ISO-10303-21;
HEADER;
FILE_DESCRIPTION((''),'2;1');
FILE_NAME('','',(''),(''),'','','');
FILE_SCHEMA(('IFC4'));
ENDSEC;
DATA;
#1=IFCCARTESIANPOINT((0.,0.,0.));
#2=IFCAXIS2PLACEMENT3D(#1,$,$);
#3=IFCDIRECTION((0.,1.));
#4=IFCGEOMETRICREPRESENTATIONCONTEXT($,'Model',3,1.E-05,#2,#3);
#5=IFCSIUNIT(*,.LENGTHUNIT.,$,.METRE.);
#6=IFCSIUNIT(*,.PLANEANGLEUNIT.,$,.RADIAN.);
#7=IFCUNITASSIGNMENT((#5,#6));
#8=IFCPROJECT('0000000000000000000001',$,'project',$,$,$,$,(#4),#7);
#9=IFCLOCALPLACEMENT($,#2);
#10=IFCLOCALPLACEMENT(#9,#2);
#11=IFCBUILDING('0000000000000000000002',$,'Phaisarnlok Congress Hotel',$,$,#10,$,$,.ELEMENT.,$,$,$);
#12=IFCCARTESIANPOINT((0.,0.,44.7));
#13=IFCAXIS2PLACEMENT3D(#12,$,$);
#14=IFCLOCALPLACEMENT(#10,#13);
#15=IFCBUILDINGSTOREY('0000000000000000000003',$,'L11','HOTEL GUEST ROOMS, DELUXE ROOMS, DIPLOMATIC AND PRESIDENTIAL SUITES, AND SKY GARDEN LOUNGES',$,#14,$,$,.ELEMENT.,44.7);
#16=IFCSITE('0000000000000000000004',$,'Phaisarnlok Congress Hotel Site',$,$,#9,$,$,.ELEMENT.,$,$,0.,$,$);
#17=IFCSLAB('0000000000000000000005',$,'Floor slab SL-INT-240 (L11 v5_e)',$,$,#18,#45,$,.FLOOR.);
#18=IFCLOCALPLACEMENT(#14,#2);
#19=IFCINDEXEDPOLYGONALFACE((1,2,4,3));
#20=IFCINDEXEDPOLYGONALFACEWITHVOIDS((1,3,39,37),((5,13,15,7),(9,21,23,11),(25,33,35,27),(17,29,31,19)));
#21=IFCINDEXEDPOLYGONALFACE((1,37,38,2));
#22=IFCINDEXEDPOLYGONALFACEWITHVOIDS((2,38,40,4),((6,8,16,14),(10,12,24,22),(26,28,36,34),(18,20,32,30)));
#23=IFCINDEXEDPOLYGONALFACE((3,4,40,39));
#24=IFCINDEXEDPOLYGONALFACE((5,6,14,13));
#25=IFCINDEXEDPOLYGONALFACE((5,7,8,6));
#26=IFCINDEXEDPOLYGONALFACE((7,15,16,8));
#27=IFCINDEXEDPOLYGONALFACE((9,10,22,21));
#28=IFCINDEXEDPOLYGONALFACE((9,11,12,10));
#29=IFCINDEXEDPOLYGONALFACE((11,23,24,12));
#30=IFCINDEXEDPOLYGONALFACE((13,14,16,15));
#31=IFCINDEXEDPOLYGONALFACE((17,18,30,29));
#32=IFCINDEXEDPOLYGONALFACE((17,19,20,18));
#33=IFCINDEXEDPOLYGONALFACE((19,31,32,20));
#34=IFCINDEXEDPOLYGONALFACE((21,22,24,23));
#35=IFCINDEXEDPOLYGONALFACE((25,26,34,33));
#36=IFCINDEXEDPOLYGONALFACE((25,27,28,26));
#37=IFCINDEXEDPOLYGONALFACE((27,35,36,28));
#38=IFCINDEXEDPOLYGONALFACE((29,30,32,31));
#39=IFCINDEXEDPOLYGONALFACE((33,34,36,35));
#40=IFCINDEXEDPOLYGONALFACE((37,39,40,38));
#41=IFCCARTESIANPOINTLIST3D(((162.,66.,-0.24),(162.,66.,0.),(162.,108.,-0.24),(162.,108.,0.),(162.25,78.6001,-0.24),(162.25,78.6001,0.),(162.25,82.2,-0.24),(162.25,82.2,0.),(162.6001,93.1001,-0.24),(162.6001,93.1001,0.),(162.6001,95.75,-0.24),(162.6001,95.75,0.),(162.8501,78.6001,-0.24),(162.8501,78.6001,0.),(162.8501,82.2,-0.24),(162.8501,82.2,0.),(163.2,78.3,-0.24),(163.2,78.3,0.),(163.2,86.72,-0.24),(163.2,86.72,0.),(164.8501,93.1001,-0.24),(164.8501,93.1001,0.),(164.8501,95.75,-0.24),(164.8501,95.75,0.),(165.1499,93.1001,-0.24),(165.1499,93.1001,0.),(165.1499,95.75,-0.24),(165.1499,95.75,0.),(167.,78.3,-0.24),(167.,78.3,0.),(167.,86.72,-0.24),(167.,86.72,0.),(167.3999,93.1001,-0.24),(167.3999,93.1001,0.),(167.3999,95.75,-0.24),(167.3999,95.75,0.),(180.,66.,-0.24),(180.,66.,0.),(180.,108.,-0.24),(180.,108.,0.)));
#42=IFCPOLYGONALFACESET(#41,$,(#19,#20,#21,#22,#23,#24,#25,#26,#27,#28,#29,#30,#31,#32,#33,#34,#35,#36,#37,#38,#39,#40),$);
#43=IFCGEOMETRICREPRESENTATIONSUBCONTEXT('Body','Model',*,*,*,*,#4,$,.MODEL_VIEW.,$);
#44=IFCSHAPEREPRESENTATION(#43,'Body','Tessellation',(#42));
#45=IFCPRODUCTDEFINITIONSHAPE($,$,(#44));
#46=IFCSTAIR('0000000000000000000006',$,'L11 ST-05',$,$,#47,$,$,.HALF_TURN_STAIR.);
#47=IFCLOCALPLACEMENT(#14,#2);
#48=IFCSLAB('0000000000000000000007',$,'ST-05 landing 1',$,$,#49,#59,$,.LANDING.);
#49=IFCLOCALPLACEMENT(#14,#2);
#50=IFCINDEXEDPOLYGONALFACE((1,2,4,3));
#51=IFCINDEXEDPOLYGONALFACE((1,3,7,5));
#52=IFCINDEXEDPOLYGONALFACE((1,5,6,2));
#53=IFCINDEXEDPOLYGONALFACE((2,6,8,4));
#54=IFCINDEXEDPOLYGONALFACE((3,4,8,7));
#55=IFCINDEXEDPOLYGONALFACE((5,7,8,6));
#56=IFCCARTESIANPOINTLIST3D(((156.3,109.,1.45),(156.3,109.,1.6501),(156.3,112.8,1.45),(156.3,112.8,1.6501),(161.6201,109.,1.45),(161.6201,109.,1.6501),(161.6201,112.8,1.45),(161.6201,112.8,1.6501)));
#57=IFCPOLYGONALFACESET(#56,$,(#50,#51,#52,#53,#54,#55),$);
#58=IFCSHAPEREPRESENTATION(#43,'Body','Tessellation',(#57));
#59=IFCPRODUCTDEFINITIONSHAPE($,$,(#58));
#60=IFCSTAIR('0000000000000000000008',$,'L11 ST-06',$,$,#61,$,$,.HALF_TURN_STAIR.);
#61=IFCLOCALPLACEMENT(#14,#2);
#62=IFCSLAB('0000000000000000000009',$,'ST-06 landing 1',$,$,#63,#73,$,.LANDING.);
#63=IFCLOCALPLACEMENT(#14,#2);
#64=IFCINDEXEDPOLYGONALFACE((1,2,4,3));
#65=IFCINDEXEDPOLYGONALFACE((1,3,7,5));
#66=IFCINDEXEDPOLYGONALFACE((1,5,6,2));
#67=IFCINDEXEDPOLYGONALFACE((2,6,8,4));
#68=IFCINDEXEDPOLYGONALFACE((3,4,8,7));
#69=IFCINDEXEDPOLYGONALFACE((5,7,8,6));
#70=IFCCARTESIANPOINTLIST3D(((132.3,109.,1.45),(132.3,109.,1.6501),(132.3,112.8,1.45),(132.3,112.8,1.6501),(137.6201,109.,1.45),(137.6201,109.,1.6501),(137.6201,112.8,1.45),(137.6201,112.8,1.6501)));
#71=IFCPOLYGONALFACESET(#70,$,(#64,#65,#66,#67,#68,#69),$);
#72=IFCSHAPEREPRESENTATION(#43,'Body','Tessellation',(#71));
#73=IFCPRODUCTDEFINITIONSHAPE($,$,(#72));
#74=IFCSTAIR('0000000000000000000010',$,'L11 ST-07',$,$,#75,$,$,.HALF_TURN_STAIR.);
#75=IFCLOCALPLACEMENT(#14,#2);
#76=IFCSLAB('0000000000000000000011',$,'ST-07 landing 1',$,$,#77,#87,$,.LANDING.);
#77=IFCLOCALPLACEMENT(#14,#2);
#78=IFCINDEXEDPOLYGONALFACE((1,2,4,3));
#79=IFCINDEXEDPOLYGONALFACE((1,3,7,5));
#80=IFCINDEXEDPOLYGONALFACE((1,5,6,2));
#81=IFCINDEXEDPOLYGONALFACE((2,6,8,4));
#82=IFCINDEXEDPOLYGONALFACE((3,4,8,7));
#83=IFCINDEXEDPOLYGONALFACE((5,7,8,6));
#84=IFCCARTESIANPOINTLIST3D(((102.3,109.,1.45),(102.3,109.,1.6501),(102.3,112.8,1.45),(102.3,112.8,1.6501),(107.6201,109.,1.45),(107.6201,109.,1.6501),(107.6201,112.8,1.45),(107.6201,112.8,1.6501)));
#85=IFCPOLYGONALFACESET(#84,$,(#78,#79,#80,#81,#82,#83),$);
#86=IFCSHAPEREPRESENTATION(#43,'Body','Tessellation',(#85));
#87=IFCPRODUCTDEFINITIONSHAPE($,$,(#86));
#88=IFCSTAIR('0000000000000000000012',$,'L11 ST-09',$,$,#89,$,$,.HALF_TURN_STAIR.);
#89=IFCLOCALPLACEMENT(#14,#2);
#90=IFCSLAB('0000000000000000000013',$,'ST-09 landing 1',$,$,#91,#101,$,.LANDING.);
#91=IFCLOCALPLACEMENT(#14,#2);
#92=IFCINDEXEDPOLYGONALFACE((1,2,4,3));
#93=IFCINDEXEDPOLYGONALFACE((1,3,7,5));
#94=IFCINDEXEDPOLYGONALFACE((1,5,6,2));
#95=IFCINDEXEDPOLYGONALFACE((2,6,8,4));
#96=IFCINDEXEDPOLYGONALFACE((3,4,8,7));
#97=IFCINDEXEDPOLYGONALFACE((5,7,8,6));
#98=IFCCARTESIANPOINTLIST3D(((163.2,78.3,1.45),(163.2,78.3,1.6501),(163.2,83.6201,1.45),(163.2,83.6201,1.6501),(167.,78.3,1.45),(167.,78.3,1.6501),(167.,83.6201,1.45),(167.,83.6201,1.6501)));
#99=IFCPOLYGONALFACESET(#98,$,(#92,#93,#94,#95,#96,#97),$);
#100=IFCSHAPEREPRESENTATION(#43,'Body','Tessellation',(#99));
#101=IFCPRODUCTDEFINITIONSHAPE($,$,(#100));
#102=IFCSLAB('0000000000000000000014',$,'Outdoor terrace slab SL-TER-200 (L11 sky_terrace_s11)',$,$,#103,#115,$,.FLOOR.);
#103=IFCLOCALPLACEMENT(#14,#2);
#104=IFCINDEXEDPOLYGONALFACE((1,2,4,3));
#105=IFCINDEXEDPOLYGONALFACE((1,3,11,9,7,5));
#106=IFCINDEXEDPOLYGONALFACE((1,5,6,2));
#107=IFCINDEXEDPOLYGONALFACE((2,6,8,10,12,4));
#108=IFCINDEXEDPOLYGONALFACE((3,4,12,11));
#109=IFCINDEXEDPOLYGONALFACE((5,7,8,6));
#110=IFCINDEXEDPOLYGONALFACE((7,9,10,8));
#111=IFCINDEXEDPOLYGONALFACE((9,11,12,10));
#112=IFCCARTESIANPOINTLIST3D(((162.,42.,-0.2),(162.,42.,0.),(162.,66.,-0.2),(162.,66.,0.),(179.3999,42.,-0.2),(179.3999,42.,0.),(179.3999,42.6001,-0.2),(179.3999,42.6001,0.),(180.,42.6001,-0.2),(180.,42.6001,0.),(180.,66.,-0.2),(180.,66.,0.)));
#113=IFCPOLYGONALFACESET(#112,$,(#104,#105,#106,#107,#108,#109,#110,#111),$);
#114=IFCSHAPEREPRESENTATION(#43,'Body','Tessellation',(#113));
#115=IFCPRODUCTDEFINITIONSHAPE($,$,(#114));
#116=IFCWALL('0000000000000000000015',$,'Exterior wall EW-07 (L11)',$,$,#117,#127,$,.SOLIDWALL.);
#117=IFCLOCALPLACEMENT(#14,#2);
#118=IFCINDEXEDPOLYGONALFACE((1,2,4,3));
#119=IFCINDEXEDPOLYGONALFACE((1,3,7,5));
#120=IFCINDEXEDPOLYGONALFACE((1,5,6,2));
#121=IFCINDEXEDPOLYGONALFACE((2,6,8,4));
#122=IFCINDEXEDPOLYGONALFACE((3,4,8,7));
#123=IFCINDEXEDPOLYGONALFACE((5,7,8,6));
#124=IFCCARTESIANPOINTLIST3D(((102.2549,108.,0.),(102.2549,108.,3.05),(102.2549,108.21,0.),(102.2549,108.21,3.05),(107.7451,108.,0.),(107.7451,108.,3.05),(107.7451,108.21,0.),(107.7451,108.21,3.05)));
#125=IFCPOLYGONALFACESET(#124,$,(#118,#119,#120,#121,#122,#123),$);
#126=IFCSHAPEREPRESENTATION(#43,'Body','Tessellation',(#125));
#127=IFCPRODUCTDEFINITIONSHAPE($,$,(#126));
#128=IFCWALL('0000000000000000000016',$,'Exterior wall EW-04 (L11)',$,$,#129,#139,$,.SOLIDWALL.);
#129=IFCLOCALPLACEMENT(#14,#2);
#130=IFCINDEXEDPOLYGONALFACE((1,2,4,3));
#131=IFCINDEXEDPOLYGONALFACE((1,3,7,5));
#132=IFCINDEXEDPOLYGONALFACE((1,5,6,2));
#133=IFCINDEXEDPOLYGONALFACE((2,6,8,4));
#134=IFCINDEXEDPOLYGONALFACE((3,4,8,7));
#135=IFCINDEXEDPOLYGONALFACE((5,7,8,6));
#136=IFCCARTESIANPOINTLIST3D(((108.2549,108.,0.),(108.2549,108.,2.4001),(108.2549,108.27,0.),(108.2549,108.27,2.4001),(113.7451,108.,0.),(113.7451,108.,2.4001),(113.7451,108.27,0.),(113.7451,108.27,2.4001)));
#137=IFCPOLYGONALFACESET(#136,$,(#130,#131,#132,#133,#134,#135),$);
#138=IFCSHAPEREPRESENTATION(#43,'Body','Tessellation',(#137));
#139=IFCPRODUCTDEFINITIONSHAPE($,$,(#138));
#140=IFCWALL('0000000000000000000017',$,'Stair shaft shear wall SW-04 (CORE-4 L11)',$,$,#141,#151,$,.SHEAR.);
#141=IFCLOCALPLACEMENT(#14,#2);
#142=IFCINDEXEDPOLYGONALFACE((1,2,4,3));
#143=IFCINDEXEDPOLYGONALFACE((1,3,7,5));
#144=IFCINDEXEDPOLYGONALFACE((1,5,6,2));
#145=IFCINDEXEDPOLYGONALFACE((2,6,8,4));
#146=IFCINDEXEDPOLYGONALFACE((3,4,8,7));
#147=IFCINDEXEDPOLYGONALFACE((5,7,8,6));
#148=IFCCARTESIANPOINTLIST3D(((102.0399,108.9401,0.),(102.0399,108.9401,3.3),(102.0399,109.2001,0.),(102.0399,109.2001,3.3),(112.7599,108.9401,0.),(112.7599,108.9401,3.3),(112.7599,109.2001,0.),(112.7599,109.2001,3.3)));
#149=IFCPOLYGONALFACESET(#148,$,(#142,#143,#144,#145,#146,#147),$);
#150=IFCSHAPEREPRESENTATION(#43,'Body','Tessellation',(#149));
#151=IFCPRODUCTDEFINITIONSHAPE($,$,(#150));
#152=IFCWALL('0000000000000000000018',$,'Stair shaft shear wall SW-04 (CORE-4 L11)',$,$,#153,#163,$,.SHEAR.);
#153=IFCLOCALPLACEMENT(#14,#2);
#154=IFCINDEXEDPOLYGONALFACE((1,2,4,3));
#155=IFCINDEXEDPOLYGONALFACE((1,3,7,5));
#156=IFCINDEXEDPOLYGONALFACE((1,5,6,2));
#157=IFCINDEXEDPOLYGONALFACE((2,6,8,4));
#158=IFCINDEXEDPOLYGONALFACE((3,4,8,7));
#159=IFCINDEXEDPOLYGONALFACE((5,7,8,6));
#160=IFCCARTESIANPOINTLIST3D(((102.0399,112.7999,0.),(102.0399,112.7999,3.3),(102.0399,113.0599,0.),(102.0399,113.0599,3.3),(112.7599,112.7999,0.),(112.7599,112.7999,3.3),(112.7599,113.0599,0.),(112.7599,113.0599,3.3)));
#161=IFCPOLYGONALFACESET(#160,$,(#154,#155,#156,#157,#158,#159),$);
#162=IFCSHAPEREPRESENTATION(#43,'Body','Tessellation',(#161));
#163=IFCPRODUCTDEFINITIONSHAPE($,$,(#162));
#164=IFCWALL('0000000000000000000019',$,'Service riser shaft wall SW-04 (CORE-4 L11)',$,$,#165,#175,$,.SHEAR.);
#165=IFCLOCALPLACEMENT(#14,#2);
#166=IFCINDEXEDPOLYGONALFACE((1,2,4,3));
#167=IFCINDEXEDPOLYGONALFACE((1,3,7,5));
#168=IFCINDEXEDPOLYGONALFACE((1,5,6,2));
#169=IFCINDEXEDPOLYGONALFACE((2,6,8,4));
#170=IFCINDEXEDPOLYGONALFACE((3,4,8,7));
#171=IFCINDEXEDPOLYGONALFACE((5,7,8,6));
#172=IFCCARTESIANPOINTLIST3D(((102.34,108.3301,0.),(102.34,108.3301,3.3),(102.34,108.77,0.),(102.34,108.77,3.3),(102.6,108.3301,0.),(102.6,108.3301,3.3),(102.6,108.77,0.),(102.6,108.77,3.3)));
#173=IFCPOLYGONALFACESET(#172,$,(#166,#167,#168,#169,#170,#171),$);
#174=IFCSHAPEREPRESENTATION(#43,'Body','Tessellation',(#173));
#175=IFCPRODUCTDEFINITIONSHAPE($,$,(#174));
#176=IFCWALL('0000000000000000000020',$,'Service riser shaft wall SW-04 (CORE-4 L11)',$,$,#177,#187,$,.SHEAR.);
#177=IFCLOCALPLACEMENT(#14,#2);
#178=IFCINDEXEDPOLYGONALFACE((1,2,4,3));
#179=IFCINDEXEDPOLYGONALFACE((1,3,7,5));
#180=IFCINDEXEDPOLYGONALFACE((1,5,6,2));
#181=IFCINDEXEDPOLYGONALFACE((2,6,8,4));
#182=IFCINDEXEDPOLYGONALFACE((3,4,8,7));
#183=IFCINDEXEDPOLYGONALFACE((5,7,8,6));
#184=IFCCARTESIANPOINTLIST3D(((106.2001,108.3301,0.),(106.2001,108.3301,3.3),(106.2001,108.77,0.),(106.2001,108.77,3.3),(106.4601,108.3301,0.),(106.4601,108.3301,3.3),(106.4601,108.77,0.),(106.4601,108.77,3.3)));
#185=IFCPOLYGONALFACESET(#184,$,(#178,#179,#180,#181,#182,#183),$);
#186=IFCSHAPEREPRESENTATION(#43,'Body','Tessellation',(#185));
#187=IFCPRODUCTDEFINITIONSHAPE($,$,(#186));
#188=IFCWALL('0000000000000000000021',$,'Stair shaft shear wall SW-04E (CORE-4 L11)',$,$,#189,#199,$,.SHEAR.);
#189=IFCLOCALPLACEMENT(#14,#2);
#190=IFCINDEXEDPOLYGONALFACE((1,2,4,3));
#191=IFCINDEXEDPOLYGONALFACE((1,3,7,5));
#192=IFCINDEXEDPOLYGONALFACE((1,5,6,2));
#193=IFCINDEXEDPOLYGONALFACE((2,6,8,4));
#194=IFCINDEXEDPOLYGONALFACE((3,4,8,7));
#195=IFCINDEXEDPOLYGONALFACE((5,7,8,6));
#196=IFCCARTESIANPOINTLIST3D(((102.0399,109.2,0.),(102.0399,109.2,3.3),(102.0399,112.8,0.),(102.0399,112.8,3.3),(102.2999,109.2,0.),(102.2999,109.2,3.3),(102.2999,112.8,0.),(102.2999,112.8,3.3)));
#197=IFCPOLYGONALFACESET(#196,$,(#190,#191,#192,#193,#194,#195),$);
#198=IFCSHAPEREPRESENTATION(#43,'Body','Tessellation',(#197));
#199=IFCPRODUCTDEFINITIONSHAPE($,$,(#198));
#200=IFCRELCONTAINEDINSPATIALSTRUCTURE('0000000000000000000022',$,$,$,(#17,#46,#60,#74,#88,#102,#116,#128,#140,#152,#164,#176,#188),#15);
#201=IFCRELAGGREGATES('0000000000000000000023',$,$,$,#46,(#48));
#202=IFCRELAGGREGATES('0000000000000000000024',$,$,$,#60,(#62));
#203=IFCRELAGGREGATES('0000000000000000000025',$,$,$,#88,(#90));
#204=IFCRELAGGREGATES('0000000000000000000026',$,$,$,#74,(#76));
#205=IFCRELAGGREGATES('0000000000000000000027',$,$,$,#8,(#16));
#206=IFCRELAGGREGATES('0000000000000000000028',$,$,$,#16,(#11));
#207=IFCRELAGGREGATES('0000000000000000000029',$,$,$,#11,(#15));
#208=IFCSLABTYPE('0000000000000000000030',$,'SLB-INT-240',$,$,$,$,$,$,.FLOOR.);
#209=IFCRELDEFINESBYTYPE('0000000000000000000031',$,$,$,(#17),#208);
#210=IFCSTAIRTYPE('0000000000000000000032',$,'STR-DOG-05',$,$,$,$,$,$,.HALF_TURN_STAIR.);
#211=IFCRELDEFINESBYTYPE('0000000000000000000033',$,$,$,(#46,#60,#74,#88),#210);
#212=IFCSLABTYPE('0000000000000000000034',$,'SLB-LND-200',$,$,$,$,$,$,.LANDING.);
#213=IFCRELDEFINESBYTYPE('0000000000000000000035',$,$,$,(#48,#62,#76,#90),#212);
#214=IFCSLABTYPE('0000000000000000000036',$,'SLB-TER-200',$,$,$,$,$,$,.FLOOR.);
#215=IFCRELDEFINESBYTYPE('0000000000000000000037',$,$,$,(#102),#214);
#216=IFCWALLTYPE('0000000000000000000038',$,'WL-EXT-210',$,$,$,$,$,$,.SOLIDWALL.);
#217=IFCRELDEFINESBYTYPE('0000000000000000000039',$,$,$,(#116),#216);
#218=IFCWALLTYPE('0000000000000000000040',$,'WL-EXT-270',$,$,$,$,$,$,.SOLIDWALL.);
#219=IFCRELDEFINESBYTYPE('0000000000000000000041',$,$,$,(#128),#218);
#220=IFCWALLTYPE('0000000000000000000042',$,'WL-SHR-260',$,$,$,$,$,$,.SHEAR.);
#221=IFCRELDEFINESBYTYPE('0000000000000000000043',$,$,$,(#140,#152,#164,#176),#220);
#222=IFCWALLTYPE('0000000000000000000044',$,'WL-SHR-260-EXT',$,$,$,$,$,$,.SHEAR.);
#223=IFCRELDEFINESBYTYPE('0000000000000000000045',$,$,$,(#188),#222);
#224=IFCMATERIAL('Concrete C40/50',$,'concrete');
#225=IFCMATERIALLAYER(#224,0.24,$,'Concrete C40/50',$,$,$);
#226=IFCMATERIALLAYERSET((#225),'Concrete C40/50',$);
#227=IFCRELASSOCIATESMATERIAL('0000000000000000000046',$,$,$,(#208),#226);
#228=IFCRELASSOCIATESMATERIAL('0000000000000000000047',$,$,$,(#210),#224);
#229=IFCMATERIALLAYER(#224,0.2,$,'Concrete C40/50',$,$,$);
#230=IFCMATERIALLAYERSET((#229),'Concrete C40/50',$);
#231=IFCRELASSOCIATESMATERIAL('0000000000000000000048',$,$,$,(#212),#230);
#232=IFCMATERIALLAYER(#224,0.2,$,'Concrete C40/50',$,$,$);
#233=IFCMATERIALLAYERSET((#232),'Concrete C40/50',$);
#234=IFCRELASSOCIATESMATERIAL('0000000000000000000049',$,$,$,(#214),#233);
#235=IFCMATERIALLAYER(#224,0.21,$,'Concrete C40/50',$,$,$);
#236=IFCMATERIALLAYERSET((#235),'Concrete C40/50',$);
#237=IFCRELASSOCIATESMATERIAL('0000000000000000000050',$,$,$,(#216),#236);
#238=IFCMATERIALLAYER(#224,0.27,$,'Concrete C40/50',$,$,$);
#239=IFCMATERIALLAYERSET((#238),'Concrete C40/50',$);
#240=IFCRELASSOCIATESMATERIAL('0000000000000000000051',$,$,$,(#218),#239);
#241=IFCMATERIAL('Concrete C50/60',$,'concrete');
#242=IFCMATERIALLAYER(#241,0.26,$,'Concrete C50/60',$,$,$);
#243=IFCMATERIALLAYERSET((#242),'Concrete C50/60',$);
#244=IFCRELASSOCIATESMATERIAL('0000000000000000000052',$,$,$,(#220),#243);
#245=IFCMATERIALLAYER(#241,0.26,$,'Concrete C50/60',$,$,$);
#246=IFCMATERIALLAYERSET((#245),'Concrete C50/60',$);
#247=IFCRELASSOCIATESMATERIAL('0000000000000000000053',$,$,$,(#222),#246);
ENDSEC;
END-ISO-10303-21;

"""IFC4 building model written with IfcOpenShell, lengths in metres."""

from ifc_helpers import new_model, si_unit, direction, frame, frame_2d, origin, place, context, subcontext, project, spatial, polyline, rectangle, outline, extrude, material, layer, layer_set, type_object, element, aggregate, save


model = new_model("IFC4")

# Units and contexts
model_context = context("Model", 3, precision=1e-05, world=origin(), true_north=direction((0.0, 1.0)))
body_context = subcontext(model_context, "Body", "Model", "MODEL_VIEW")
ifc_project = project(units=[si_unit("LENGTHUNIT", "METRE"), si_unit("PLANEANGLEUNIT", "RADIAN")], contexts=[model_context])

# Site, building, storey
site_placement = place(None, origin())
site = spatial("IfcSite", under=ifc_project, at=site_placement, Name="Phaisarnlok Congress Hotel Site", CompositionType="ELEMENT", RefElevation=0.0)
building_placement = place(site_placement, origin())
building = spatial("IfcBuilding", under=site, at=building_placement, Name="Phaisarnlok Congress Hotel", CompositionType="ELEMENT")
storey_placement = place(building_placement, frame((0.0, 0.0, 44.7)))
storey = spatial("IfcBuildingStorey", under=building, at=storey_placement, Name="L11", Description="HOTEL GUEST ROOMS, DELUXE ROOMS, DIPLOMATIC AND PRESIDENTIAL SUITES, AND SKY GARDEN LOUNGES", CompositionType="ELEMENT", Elevation=44.7)

# Shared definitions
ifc_material_1 = material(Name="Concrete C50/60", Category="concrete")

# Shared definitions
ifc_material_2 = material(Name="Concrete C40/50", Category="concrete")

# Slab
ifc_layer_1 = layer(ifc_material_2, 0.24, Name="Concrete C40/50")
ifc_layer_set_1 = layer_set([ifc_layer_1], Name="Concrete C40/50")
slab_type_1 = type_object("IfcSlabType", Name="SLB-INT-240", PredefinedType="FLOOR", material=ifc_layer_set_1)
slab_1_placement = place(storey_placement, frame((0.0, 0.0, -0.24)))
element("IfcSlab", 1, at=slab_1_placement, inside=storey, type_object=slab_type_1, Name="Floor slab SL-INT-240 (L11 v5_e)", PredefinedType="FLOOR", context=body_context, shape_type="SweptSolid", body=[
    extrude(outline(polyline([(180.0, 66.0), (180.0, 108.0), (162.0, 108.0), (162.0, 66.0), (180.0, 66.0)]), holes=[polyline([(163.2, 86.72), (163.2, 78.3), (167.0, 78.3), (167.0, 86.72), (163.2, 86.72)]), polyline([(164.8501, 93.1001), (164.8501, 95.75), (162.6001, 95.75), (162.6001, 93.1001), (164.8501, 93.1001)]), polyline([(167.3999, 93.1001), (167.3999, 95.75), (165.1499, 95.75), (165.1499, 93.1001), (167.3999, 93.1001)]), polyline([(162.8501, 78.6001), (162.8501, 82.2), (162.25, 82.2), (162.25, 78.6001), (162.8501, 78.6001)])]), origin(), (0.0, 0.0, 1.0), 0.24),
])

# Stairs, slabs
stair_type = type_object("IfcStairType", Name="STR-DOG-05", PredefinedType="HALF_TURN_STAIR", material=ifc_material_2)
stair_1_placement = place(storey_placement, origin())
stair_1 = element("IfcStair", 2, at=stair_1_placement, inside=storey, type_object=stair_type, Name="L11 ST-05", PredefinedType="HALF_TURN_STAIR")
ifc_layer_2 = layer(ifc_material_2, 0.2, Name="Concrete C40/50")
ifc_layer_set_2 = layer_set([ifc_layer_2], Name="Concrete C40/50")
slab_type_2 = type_object("IfcSlabType", Name="SLB-LND-200", PredefinedType="LANDING", material=ifc_layer_set_2)
slab_2_placement = place(storey_placement, frame((0.0, 0.0, 1.45)))
slab_2 = element("IfcSlab", 3, at=slab_2_placement, type_object=slab_type_2, Name="ST-05 landing 1", PredefinedType="LANDING", context=body_context, shape_type="SweptSolid", body=[
    extrude(outline(polyline([(161.6201, 112.8), (156.3, 112.8), (156.3, 109.0), (161.6201, 109.0), (161.6201, 112.8)])), origin(), (0.0, 0.0, 1.0), 0.2002),
])
aggregate(stair_1, [slab_2])
stair_2_placement = place(storey_placement, origin())
stair_2 = element("IfcStair", 4, at=stair_2_placement, inside=storey, type_object=stair_type, Name="L11 ST-06", PredefinedType="HALF_TURN_STAIR")
slab_3_placement = place(storey_placement, frame((0.0, 0.0, 1.45)))
slab_3 = element("IfcSlab", 5, at=slab_3_placement, type_object=slab_type_2, Name="ST-06 landing 1", PredefinedType="LANDING", context=body_context, shape_type="SweptSolid", body=[
    extrude(outline(polyline([(137.6201, 112.8), (132.3, 112.8), (132.3, 109.0), (137.6201, 109.0), (137.6201, 112.8)])), origin(), (0.0, 0.0, 1.0), 0.2002),
])
aggregate(stair_2, [slab_3])
stair_3_placement = place(storey_placement, origin())
stair_3 = element("IfcStair", 6, at=stair_3_placement, inside=storey, type_object=stair_type, Name="L11 ST-07", PredefinedType="HALF_TURN_STAIR")
slab_4_placement = place(storey_placement, frame((0.0, 0.0, 1.45)))
slab_4 = element("IfcSlab", 7, at=slab_4_placement, type_object=slab_type_2, Name="ST-07 landing 1", PredefinedType="LANDING", context=body_context, shape_type="SweptSolid", body=[
    extrude(outline(polyline([(107.6201, 112.8), (102.3, 112.8), (102.3, 109.0), (107.6201, 109.0), (107.6201, 112.8)])), origin(), (0.0, 0.0, 1.0), 0.2002),
])
stair_4_placement = place(storey_placement, origin())
stair_4 = element("IfcStair", 8, at=stair_4_placement, inside=storey, type_object=stair_type, Name="L11 ST-09", PredefinedType="HALF_TURN_STAIR")
slab_5_placement = place(storey_placement, frame((0.0, 0.0, 1.45)))
slab_5 = element("IfcSlab", 9, at=slab_5_placement, type_object=slab_type_2, Name="ST-09 landing 1", PredefinedType="LANDING", context=body_context, shape_type="SweptSolid", body=[
    extrude(outline(polyline([(163.2, 83.6201), (163.2, 78.3), (167.0, 78.3), (167.0, 83.6201), (163.2, 83.6201)])), origin(), (0.0, 0.0, 1.0), 0.2002),
])
aggregate(stair_4, [slab_5])

# Slab
ifc_layer_3 = layer(ifc_material_2, 0.2, Name="Concrete C40/50")
ifc_layer_set_3 = layer_set([ifc_layer_3], Name="Concrete C40/50")
slab_type_3 = type_object("IfcSlabType", Name="SLB-TER-200", PredefinedType="FLOOR", material=ifc_layer_set_3)
slab_6_placement = place(storey_placement, frame((0.0, 0.0, -0.2)))
element("IfcSlab", 10, at=slab_6_placement, inside=storey, type_object=slab_type_3, Name="Outdoor terrace slab SL-TER-200 (L11 sky_terrace_s11)", PredefinedType="FLOOR", context=body_context, shape_type="SweptSolid", body=[
    extrude(outline(polyline([(162.0, 42.0), (179.3999, 42.0), (179.3999, 42.6001), (180.0, 42.6001), (180.0, 66.0), (162.0, 66.0), (162.0, 42.0)])), origin(), (0.0, 0.0, 1.0), 0.2),
])

# Walls
ifc_layer_4 = layer(ifc_material_2, 0.21, Name="Concrete C40/50")
ifc_layer_set_4 = layer_set([ifc_layer_4], Name="Concrete C40/50")
wall_type_1 = type_object("IfcWallType", Name="WL-EXT-210", PredefinedType="SOLIDWALL", material=ifc_layer_set_4)
wall_1_placement = place(storey_placement, frame((102.2549, 108.105, 0.0), z_axis=(0.0, 0.0, 1.0), x_axis=(1.0, 0.0, 0.0)))
element("IfcWall", 11, at=wall_1_placement, inside=storey, type_object=wall_type_1, Name="Exterior wall EW-07 (L11)", PredefinedType="SOLIDWALL", context=body_context, shape_type="SweptSolid", body=[
    extrude(rectangle(XDim=5.4902, YDim=0.21, at=frame_2d((2.7451, 0.0))), origin(), (0.0, 0.0, 1.0), 3.05),
])
ifc_layer_5 = layer(ifc_material_2, 0.27, Name="Concrete C40/50")
ifc_layer_set_5 = layer_set([ifc_layer_5], Name="Concrete C40/50")
wall_type_2 = type_object("IfcWallType", Name="WL-EXT-270", PredefinedType="SOLIDWALL", material=ifc_layer_set_5)
wall_2_placement = place(storey_placement, frame((108.2549, 108.135, 0.0), z_axis=(0.0, 0.0, 1.0), x_axis=(1.0, 0.0, 0.0)))
element("IfcWall", 12, at=wall_2_placement, inside=storey, type_object=wall_type_2, Name="Exterior wall EW-04 (L11)", PredefinedType="SOLIDWALL", context=body_context, shape_type="SweptSolid", body=[
    extrude(rectangle(XDim=5.4902, YDim=0.27, at=frame_2d((2.7451, 0.0))), origin(), (0.0, 0.0, 1.0), 2.4001),
])
ifc_layer_6 = layer(ifc_material_1, 0.26, Name="Concrete C50/60")
ifc_layer_set_6 = layer_set([ifc_layer_6], Name="Concrete C50/60")
wall_type_3 = type_object("IfcWallType", Name="WL-SHR-260", PredefinedType="SHEAR", material=ifc_layer_set_6)
for number, where, z_axis, x_axis, name in (
    (13, (102.04, 109.0701, 0.0), (0.0, 0.0, 1.0), (1.0, 0.0, 0.0), "Stair shaft shear wall SW-04 (CORE-4 L11)"),
    (14, (102.04, 112.9299, 0.0), (0.0, 0.0, 1.0), (1.0, 0.0, 0.0), "Stair shaft shear wall SW-04 (CORE-4 L11)"),
):
    element("IfcWall", number, at=place(storey_placement, frame(where, z_axis=z_axis, x_axis=x_axis)), inside=storey, type_object=wall_type_3, Name=name, PredefinedType="SHEAR", context=body_context, shape_type="SweptSolid", body=[
        extrude(rectangle(XDim=10.72, YDim=0.26, at=frame_2d((5.3599, 0.0))), origin(), (0.0, 0.0, 1.0), 3.3),
    ])

# Walls
for number, where, z_axis, x_axis, name in (
    (15, (102.47, 108.3301, 0.0), (0.0, 0.0, 1.0), (0.0, 1.0, 0.0), "Service riser shaft wall SW-04 (CORE-4 L11)"),
    (16, (106.3301, 108.3301, 0.0), (0.0, 0.0, 1.0), (0.0, 1.0, 0.0), "Service riser shaft wall SW-04 (CORE-4 L11)"),
):
    element("IfcWall", number, at=place(storey_placement, frame(where, z_axis=z_axis, x_axis=x_axis)), inside=storey, type_object=wall_type_3, Name=name, PredefinedType="SHEAR", context=body_context, shape_type="SweptSolid", body=[
        extrude(rectangle(XDim=0.4399, YDim=0.26, at=frame_2d((0.22, 0.0))), origin(), (0.0, 0.0, 1.0), 3.3),
    ])
ifc_layer_7 = layer(ifc_material_1, 0.26, Name="Concrete C50/60")
ifc_layer_set_7 = layer_set([ifc_layer_7], Name="Concrete C50/60")
wall_type_4 = type_object("IfcWallType", Name="WL-SHR-260-EXT", PredefinedType="SHEAR", material=ifc_layer_set_7)
wall_3_placement = place(storey_placement, frame((102.1699, 109.2, 0.0), z_axis=(0.0, 0.0, 1.0), x_axis=(0.0, 1.0, 0.0)))
element("IfcWall", 17, at=wall_3_placement, inside=storey, type_object=wall_type_4, Name="Stair shaft shear wall SW-04E (CORE-4 L11)", PredefinedType="SHEAR", context=body_context, shape_type="SweptSolid", body=[
    extrude(rectangle(XDim=3.6001, YDim=0.26, at=frame_2d((1.8, 0.0))), origin(), (0.0, 0.0, 1.0), 3.3),
])

aggregate(stair_3, [slab_4])

save(model, "model.ifc")
